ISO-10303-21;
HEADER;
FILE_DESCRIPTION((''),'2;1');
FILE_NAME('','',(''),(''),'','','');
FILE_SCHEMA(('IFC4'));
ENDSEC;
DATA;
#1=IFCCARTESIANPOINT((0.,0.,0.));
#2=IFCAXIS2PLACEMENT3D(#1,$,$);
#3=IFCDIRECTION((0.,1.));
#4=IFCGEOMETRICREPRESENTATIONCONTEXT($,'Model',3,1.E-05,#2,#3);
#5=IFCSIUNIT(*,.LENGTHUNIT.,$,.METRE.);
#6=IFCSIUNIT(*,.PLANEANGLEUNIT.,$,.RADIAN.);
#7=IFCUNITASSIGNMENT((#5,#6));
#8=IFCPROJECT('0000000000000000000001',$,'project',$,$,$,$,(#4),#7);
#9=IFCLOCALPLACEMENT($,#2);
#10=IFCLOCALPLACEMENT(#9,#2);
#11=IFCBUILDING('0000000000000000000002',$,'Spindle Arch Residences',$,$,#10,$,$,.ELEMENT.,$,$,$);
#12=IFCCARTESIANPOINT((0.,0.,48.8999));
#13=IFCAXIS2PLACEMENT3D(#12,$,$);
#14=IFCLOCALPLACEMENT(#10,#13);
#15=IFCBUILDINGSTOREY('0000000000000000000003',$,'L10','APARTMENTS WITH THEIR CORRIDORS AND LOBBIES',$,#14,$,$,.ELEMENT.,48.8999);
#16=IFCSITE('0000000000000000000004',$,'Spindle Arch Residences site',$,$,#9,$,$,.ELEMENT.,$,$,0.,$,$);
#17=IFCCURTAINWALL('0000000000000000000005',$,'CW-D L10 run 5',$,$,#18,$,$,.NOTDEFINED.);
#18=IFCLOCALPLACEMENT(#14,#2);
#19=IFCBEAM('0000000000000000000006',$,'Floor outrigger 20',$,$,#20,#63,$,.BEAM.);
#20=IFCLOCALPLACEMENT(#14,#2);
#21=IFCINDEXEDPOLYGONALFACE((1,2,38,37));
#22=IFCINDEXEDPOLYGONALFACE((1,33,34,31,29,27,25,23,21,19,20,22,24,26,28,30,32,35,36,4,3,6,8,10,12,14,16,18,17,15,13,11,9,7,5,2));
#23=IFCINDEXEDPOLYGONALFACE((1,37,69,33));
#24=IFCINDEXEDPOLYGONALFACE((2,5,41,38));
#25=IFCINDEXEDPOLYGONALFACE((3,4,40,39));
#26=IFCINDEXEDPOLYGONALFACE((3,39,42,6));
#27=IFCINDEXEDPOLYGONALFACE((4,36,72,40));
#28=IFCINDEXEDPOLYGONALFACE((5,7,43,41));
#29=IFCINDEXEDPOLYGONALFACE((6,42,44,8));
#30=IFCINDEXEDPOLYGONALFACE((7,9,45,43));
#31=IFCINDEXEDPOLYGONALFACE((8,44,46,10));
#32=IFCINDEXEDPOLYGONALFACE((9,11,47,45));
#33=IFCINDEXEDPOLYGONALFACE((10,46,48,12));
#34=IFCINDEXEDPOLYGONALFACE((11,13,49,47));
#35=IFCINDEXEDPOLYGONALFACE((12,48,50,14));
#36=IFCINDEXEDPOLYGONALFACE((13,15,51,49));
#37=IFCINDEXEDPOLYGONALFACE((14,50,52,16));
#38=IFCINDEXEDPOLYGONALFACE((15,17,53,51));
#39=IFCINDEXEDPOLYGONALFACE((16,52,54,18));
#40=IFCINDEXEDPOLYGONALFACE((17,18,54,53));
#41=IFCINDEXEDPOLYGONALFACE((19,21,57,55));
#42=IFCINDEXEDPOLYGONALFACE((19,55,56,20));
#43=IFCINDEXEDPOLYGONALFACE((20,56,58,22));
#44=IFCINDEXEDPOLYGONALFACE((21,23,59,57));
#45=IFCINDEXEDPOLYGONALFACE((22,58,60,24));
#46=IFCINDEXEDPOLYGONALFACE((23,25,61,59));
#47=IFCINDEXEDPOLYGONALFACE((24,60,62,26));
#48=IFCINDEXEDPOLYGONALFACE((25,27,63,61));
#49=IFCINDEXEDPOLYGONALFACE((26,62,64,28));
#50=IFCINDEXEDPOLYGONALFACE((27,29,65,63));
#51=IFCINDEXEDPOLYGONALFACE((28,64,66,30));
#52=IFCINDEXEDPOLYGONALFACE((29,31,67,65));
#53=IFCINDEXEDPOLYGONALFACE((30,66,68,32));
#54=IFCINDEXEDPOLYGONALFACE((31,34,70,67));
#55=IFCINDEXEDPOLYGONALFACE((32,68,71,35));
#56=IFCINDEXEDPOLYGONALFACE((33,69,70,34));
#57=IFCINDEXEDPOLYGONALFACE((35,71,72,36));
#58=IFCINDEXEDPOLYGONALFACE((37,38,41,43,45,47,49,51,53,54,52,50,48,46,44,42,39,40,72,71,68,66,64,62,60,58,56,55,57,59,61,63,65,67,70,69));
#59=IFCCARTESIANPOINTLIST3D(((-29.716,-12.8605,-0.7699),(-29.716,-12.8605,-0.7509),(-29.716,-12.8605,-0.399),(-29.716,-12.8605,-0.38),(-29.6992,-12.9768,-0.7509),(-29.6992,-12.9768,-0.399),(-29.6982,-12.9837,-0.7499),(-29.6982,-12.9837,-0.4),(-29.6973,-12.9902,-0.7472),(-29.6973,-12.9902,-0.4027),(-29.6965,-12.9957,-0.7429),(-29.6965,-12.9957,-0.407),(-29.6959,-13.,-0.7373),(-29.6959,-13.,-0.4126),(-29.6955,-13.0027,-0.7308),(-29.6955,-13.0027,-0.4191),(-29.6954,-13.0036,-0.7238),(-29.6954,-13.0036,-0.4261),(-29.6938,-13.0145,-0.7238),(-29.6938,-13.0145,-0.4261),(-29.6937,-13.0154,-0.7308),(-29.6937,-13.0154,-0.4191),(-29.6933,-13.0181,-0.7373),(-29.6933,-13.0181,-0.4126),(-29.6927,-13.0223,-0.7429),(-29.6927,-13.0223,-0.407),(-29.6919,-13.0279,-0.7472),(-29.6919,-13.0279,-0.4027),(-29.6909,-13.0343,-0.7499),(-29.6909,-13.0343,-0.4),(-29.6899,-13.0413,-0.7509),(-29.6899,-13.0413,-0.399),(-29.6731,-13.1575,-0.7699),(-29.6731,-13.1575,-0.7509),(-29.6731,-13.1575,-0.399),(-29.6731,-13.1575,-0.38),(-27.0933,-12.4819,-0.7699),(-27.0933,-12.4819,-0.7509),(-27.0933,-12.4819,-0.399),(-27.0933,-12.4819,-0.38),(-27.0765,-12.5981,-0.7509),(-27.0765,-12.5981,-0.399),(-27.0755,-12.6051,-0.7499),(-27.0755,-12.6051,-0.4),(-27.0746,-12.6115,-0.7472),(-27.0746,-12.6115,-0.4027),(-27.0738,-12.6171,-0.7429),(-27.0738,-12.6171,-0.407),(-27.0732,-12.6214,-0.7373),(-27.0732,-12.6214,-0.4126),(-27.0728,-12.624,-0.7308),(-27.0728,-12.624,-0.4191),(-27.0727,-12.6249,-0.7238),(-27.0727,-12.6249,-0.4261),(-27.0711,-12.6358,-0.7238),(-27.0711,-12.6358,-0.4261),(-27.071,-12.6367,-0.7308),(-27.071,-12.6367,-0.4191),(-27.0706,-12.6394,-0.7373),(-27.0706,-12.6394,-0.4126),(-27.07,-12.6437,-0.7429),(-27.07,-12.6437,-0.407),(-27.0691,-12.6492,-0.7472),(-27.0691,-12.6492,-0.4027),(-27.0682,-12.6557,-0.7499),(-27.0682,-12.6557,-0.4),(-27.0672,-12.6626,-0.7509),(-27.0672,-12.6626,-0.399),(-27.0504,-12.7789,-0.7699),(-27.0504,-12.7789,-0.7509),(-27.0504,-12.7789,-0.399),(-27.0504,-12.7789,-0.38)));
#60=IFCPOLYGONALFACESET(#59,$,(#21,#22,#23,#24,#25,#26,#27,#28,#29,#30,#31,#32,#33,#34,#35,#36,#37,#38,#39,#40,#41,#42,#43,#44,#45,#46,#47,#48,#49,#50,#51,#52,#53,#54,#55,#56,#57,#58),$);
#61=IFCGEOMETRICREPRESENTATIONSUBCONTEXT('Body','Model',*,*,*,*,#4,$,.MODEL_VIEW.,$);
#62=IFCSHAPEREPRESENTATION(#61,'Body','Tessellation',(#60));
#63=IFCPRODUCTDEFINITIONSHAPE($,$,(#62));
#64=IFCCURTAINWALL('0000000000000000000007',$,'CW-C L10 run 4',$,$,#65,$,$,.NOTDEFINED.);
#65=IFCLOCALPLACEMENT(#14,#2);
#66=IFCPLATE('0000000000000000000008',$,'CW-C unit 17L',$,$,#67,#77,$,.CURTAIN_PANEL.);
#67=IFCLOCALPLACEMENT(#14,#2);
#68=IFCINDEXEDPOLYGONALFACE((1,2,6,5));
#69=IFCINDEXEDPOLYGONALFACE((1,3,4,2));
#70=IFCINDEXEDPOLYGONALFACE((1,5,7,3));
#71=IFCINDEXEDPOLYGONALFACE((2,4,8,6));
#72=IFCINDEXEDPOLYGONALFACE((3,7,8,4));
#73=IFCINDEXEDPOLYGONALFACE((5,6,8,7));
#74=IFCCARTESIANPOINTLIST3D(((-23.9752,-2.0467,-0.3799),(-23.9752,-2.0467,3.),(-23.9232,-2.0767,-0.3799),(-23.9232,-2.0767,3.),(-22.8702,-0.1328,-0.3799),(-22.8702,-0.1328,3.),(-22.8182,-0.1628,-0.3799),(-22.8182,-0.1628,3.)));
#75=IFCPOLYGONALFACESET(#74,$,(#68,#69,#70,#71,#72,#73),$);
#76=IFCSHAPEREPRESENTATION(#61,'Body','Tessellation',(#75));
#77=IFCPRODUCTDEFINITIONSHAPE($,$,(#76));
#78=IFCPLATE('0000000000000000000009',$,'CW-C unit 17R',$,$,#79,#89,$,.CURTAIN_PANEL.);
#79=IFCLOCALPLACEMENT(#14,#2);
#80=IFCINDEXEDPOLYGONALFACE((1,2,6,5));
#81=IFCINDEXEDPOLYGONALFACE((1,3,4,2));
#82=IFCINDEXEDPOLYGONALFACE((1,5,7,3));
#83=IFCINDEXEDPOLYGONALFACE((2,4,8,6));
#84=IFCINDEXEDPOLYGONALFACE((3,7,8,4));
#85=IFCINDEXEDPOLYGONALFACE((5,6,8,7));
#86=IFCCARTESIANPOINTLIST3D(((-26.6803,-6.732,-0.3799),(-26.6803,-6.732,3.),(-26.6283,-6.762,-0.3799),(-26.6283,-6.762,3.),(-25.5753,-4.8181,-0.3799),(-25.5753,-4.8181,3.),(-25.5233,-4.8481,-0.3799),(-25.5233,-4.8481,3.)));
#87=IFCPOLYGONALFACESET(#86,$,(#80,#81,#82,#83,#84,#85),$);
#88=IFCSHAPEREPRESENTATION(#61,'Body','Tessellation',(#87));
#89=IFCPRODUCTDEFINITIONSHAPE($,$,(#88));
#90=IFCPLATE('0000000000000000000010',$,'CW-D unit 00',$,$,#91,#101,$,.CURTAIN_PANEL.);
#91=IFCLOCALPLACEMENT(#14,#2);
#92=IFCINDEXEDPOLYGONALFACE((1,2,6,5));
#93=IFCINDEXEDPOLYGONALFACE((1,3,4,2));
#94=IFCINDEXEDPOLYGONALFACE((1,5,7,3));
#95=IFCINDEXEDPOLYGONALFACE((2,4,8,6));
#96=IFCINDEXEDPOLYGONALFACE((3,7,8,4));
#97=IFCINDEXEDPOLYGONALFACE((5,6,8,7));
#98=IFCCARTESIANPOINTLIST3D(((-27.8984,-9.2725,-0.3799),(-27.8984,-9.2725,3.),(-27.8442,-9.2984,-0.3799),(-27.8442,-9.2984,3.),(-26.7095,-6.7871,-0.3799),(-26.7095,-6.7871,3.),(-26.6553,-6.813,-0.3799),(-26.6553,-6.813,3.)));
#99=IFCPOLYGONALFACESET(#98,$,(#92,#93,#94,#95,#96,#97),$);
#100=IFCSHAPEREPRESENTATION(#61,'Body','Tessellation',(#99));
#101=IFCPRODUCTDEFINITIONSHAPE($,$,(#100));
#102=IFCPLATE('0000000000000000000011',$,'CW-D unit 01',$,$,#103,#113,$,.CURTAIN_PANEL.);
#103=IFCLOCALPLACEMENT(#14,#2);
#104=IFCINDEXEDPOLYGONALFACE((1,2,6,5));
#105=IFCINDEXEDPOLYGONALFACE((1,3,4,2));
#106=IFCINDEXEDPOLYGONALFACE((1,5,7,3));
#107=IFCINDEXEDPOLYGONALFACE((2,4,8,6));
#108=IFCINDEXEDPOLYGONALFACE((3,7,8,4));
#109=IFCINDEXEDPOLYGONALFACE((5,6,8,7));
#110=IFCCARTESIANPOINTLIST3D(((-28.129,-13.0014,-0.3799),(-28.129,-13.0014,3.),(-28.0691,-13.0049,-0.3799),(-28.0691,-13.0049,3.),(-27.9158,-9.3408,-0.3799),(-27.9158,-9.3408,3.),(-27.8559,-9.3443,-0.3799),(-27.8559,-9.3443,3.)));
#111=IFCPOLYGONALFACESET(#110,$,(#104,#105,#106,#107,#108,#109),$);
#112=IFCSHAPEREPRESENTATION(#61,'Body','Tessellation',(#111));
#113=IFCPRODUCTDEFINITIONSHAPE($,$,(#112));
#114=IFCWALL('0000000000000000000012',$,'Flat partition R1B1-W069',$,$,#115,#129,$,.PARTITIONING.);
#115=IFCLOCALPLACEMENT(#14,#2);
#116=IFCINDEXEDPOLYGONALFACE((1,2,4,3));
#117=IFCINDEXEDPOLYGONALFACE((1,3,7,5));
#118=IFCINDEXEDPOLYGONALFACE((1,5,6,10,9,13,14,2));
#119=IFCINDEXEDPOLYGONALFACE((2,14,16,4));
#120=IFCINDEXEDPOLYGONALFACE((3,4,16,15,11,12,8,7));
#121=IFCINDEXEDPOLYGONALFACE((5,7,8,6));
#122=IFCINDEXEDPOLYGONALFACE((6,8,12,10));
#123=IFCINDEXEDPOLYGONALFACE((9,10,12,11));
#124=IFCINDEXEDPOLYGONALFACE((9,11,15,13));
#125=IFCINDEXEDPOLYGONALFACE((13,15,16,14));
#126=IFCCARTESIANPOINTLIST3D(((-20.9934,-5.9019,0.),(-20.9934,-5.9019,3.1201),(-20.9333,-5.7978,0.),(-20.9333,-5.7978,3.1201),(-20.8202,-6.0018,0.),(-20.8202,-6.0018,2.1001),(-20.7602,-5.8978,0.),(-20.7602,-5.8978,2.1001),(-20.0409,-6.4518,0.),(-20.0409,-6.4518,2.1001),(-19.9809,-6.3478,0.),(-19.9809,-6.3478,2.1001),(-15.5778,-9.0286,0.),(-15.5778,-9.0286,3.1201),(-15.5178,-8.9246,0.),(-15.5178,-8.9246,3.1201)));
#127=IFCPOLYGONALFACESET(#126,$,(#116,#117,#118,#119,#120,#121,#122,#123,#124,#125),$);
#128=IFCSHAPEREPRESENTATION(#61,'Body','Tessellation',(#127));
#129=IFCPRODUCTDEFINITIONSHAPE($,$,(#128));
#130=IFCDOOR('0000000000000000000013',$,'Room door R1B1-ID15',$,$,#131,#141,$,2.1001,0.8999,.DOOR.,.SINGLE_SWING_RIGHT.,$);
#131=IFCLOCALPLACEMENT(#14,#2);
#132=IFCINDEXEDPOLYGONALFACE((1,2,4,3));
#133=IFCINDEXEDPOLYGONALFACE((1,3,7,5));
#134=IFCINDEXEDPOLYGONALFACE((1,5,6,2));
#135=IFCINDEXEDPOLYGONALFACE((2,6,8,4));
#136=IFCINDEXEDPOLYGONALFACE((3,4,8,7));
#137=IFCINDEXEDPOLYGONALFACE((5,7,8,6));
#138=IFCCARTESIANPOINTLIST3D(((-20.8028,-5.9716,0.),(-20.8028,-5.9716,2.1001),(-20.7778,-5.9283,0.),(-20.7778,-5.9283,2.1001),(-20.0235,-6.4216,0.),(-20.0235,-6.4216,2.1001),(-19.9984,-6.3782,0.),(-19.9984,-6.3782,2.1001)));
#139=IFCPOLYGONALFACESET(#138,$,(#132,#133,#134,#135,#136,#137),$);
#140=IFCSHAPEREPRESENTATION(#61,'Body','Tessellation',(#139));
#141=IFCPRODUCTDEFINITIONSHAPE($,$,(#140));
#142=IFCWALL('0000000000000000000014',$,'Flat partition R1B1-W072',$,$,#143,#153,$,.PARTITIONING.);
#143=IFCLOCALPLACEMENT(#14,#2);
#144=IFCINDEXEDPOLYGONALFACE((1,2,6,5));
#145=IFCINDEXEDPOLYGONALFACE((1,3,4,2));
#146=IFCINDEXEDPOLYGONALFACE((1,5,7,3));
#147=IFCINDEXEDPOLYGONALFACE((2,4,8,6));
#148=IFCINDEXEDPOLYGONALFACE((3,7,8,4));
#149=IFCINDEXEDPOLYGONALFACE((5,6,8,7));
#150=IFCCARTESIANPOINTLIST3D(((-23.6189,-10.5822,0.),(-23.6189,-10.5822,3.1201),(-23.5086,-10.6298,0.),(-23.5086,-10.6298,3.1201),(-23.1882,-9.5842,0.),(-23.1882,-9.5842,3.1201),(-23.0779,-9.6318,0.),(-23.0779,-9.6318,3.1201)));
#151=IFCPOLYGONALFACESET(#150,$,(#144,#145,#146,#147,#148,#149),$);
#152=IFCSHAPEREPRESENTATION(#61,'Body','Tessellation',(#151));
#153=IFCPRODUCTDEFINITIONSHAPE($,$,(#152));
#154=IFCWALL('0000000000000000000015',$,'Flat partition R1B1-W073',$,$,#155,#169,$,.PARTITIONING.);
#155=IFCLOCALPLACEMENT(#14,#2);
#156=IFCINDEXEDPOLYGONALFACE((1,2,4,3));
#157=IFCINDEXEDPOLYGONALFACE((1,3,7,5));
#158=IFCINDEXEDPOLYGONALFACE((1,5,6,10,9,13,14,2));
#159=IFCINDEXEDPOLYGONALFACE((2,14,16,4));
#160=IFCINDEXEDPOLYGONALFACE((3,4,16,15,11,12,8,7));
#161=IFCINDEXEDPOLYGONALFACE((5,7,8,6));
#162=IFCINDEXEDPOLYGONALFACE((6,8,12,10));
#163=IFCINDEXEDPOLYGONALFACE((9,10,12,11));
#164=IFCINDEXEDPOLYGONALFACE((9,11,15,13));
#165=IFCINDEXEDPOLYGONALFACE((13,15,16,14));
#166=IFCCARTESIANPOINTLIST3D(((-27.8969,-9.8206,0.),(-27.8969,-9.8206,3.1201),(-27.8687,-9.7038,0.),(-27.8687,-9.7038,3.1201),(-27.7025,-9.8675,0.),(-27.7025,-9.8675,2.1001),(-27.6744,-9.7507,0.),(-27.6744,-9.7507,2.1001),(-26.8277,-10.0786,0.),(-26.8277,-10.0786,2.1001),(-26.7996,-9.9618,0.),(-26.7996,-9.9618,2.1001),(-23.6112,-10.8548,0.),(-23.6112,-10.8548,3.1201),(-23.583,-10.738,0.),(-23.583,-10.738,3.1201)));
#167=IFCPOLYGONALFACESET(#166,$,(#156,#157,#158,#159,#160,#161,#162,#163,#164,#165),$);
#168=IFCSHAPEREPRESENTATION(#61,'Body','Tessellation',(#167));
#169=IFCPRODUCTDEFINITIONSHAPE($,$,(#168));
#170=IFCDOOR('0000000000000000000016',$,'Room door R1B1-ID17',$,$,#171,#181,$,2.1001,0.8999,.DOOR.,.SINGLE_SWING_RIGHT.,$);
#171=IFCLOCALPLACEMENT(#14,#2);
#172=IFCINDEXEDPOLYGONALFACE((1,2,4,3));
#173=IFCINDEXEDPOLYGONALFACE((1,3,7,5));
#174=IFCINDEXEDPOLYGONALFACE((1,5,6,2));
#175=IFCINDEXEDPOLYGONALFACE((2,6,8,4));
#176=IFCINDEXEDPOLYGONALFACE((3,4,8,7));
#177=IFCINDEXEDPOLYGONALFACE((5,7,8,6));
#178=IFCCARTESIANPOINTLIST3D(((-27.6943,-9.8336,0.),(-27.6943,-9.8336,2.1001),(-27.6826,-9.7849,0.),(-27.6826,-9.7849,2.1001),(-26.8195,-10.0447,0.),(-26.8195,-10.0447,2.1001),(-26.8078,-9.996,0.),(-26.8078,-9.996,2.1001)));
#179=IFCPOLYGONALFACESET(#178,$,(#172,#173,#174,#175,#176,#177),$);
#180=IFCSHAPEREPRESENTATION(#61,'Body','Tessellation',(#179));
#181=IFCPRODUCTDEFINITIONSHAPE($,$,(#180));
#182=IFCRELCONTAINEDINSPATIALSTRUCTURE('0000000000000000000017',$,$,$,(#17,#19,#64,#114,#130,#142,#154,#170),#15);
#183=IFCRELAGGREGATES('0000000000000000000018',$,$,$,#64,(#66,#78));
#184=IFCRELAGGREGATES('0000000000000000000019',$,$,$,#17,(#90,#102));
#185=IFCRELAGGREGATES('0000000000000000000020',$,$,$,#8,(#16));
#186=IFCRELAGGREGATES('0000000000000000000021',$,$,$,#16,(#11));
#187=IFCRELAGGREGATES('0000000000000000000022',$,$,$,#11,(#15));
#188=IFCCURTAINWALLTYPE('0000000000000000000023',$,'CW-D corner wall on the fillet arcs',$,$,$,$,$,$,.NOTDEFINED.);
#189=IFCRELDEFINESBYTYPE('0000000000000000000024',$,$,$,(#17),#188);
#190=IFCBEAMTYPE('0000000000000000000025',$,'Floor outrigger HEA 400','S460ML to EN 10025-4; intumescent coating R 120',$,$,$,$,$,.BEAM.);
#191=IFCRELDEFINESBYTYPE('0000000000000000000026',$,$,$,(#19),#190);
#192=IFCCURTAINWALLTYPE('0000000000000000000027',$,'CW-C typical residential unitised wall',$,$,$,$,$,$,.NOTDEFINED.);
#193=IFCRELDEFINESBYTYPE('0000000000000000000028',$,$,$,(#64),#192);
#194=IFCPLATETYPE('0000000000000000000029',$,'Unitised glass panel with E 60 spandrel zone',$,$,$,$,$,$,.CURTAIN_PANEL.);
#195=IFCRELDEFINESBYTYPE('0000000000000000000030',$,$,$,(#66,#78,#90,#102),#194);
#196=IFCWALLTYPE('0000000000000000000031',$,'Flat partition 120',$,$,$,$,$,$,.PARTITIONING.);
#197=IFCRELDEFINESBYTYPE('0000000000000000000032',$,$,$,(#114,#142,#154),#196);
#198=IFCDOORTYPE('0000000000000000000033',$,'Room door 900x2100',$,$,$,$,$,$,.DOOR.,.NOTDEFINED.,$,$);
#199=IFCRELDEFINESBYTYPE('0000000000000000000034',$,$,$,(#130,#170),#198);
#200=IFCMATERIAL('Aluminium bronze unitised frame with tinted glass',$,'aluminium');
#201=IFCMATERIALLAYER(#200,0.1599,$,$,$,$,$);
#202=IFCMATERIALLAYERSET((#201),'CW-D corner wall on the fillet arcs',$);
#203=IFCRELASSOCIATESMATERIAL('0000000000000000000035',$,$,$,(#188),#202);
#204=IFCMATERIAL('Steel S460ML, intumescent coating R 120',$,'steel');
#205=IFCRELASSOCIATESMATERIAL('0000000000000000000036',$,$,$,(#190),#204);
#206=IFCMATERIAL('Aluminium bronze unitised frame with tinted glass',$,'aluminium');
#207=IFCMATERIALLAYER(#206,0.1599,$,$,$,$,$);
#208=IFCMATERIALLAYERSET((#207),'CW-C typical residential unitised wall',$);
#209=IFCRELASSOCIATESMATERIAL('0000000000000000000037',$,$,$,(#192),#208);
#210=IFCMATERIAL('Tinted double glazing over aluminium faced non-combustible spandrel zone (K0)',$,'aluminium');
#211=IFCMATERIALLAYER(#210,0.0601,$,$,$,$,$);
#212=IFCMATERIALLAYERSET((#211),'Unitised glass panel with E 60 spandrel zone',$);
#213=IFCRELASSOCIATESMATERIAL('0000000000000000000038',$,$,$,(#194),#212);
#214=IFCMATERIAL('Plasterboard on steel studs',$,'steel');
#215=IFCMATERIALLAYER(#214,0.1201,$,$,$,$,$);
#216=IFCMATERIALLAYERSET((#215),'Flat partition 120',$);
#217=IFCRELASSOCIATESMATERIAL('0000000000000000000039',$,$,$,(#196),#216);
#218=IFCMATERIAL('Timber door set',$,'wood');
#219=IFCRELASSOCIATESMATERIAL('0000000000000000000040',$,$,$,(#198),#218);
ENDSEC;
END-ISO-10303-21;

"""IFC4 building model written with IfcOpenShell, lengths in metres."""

from ifc_helpers import new_model, si_unit, direction, frame, frame_2d, origin, origin_2d, place, context, subcontext, project, spatial, rectangle, i_section, extrude, material, layer, layer_set, material_profile, profile_set, type_object, element, fill, aggregate, save


model = new_model("IFC4")

# Units and contexts
model_context = context("Model", 3, precision=1e-05, world=origin(), true_north=direction((0.0, 1.0)))
body_context = subcontext(model_context, "Body", "Model", "MODEL_VIEW")
ifc_project = project(units=[si_unit("LENGTHUNIT", "METRE"), si_unit("PLANEANGLEUNIT", "RADIAN")], contexts=[model_context])

# Site, building, storey
site_placement = place(None, origin())
site = spatial("IfcSite", under=ifc_project, at=site_placement, Name="Spindle Arch Residences site", CompositionType="ELEMENT", RefElevation=0.0)
building_placement = place(site_placement, origin())
building = spatial("IfcBuilding", under=site, at=building_placement, Name="Spindle Arch Residences", CompositionType="ELEMENT")
storey_placement = place(building_placement, frame((0.0, 0.0, 48.8999)))
storey = spatial("IfcBuildingStorey", under=building, at=storey_placement, Name="L10", Description="APARTMENTS WITH THEIR CORRIDORS AND LOBBIES", CompositionType="ELEMENT", Elevation=48.8999)

# Curtain wall
ifc_material_1 = material(Name="Aluminium bronze unitised frame with tinted glass", Category="aluminium")
ifc_layer_1 = layer(ifc_material_1, 0.1599)
ifc_layer_set_1 = layer_set([ifc_layer_1], Name="CW-D corner wall on the fillet arcs")
curtain_wall_type_1 = type_object("IfcCurtainWallType", Name="CW-D corner wall on the fillet arcs", PredefinedType="NOTDEFINED", material=ifc_layer_set_1)
curtain_wall_1_placement = place(storey_placement, origin())
curtain_wall_1 = element("IfcCurtainWall", 1, at=curtain_wall_1_placement, inside=storey, type_object=curtain_wall_type_1, Name="CW-D L10 run 5", PredefinedType="NOTDEFINED")

# Beam
ifc_material_2 = material(Name="Steel S460ML, intumescent coating R 120", Category="steel")
ifc_material_profile_1 = material_profile(ifc_material_2, i_section(OverallWidth=0.3, OverallDepth=0.3899, WebThickness=0.011, FlangeThickness=0.019, FilletRadius=0.0271, at=origin_2d()), Name="HEA 400")
ifc_profile_set_1 = profile_set([ifc_material_profile_1], Name="Steel S460ML, intumescent coating R 120")
beam_type_1 = type_object("IfcBeamType", Name="Floor outrigger HEA 400", Description="S460ML to EN 10025-4; intumescent coating R 120", PredefinedType="BEAM", material=ifc_profile_set_1)
beam_1_placement = place(storey_placement, frame((-29.6946, -13.009, -0.575), z_axis=(0.989738, 0.142892, 0.0), x_axis=(-0.142892, 0.989738, 0.0)))
element("IfcBeam", 2, at=beam_1_placement, inside=storey, type_object=beam_type_1, Name="Floor outrigger 20", PredefinedType="BEAM", context=body_context, shape_type="SweptSolid", body=[
    extrude(i_section(OverallWidth=0.3, OverallDepth=0.3899, WebThickness=0.011, FlangeThickness=0.019, FilletRadius=0.0271, at=origin_2d()), origin(), (0.0, 0.0, 1.0), 2.6499),
])

# Curtain wall, plates
ifc_material_3 = material(Name="Aluminium bronze unitised frame with tinted glass", Category="aluminium")
ifc_layer_2 = layer(ifc_material_3, 0.1599)
ifc_layer_set_2 = layer_set([ifc_layer_2], Name="CW-C typical residential unitised wall")
curtain_wall_type_2 = type_object("IfcCurtainWallType", Name="CW-C typical residential unitised wall", PredefinedType="NOTDEFINED", material=ifc_layer_set_2)
curtain_wall_2_placement = place(storey_placement, origin())
curtain_wall_2 = element("IfcCurtainWall", 3, at=curtain_wall_2_placement, inside=storey, type_object=curtain_wall_type_2, Name="CW-C L10 run 4", PredefinedType="NOTDEFINED")
ifc_material_4 = material(Name="Tinted double glazing over aluminium faced non-combustible spandrel zone (K0)", Category="aluminium")
ifc_layer_3 = layer(ifc_material_4, 0.0601)
ifc_layer_set_3 = layer_set([ifc_layer_3], Name="Unitised glass panel with E 60 spandrel zone")
plate_type = type_object("IfcPlateType", Name="Unitised glass panel with E 60 spandrel zone", PredefinedType="CURTAIN_PANEL", material=ifc_layer_set_3)
plate_1_placement = place(storey_placement, frame((-23.3967, -1.1047, -0.3799), z_axis=(0.0, 0.0, 1.0), x_axis=(-0.5, -0.866025, 0.0)))
plate_1 = element("IfcPlate", 4, at=plate_1_placement, type_object=plate_type, Name="CW-C unit 17L", PredefinedType="CURTAIN_PANEL", context=body_context, shape_type="SweptSolid", body=[
    extrude(rectangle(XDim=2.21, YDim=0.0601, at=origin_2d()), origin(), (0.0, 0.0, 1.0), 3.3799),
])
plate_2_placement = place(storey_placement, frame((-26.1018, -5.79, -0.3799), z_axis=(0.0, 0.0, 1.0), x_axis=(-0.5, -0.866025, 0.0)))
plate_2 = element("IfcPlate", 5, at=plate_2_placement, type_object=plate_type, Name="CW-C unit 17R", PredefinedType="CURTAIN_PANEL", context=body_context, shape_type="SweptSolid", body=[
    extrude(rectangle(XDim=2.21, YDim=0.0601, at=origin_2d()), origin(), (0.0, 0.0, 1.0), 3.3799),
])
aggregate(curtain_wall_2, [plate_1, plate_2])

# Plates
plate_3_placement = place(storey_placement, frame((-27.2769, -8.0427, -0.3799), z_axis=(0.0, 0.0, 1.0), x_axis=(-0.431502, -0.902112, 0.0)))
plate_3 = element("IfcPlate", 6, at=plate_3_placement, type_object=plate_type, Name="CW-D unit 00", PredefinedType="CURTAIN_PANEL", context=body_context, shape_type="SweptSolid", body=[
    extrude(rectangle(XDim=2.7551, YDim=0.0601, at=origin_2d()), origin(), (0.0, 0.0, 1.0), 3.3799),
])
plate_4_placement = place(storey_placement, frame((-27.9924, -11.1729, -0.3799), z_axis=(0.0, 0.0, 1.0), x_axis=(-0.058145, -0.998308, 0.0)))
plate_4 = element("IfcPlate", 7, at=plate_4_placement, type_object=plate_type, Name="CW-D unit 01", PredefinedType="CURTAIN_PANEL", context=body_context, shape_type="SweptSolid", body=[
    extrude(rectangle(XDim=3.6667, YDim=0.0601, at=origin_2d()), origin(), (0.0, 0.0, 1.0), 3.3799),
])
aggregate(curtain_wall_1, [plate_3, plate_4])

# Wall, opening, door
ifc_material_5 = material(Name="Plasterboard on steel studs", Category="steel")
ifc_layer_4 = layer(ifc_material_5, 0.1201)
ifc_layer_set_4 = layer_set([ifc_layer_4], Name="Flat partition 120")
wall_type_1 = type_object("IfcWallType", Name="Flat partition 120", PredefinedType="PARTITIONING", material=ifc_layer_set_4)
wall_1_placement = place(storey_placement, frame((-20.9634, -5.8499, 0.0), z_axis=(0.0, 0.0, 1.0), x_axis=(0.866022, -0.500006, 0.0)))
wall_1 = element("IfcWall", 8, at=wall_1_placement, inside=storey, type_object=wall_type_1, Name="Flat partition R1B1-W069", PredefinedType="PARTITIONING", context=body_context, shape_type="SweptSolid", body=[
    extrude(rectangle(XDim=6.2534, YDim=0.1201, at=frame_2d((3.1267, 0.0))), origin(), (0.0, 0.0, 1.0), 3.1201),
])
opening_1_placement = place(wall_1_placement, frame((0.2, 0.0, 0.0)))
opening_1 = element("IfcOpeningElement", 9, at=opening_1_placement, cuts=wall_1, PredefinedType="OPENING", context=body_context, shape_type="SweptSolid", body=[
    extrude(rectangle(XDim=0.8999, YDim=2.1001, at=frame_2d((0.45, 1.05))), frame((0.0, 0.0701, 0.0), z_axis=(0.0, -1.0, 0.0), x_axis=(1.0, 0.0, 0.0)), (0.0, 0.0, 1.0), 0.1401),
])
ifc_material_6 = material(Name="Timber door set", Category="wood")
door_type_1 = type_object("IfcDoorType", Name="Room door 900x2100", OperationType="NOTDEFINED", PredefinedType="DOOR", material=ifc_material_6)
door_1_placement = place(opening_1_placement, origin())
door_1 = element("IfcDoor", 10, at=door_1_placement, inside=storey, type_object=door_type_1, Name="Room door R1B1-ID15", OperationType="SINGLE_SWING_RIGHT", OverallHeight=2.1001, OverallWidth=0.8999, PredefinedType="DOOR", context=body_context, shape_type="SweptSolid", body=[
    extrude(rectangle(XDim=0.8999, YDim=2.1001, at=frame_2d((0.45, 1.05))), frame((0.0, 0.0249, 0.0), z_axis=(0.0, -1.0, 0.0), x_axis=(1.0, 0.0, 0.0)), (0.0, 0.0, 1.0), 0.05),
])
fill(opening_1, door_1)

# Wall
wall_2_placement = place(storey_placement, frame((-23.5637, -10.606, 0.0), z_axis=(0.0, 0.0, 1.0), x_axis=(0.396195, 0.918166, 0.0)))
element("IfcWall", 11, at=wall_2_placement, inside=storey, type_object=wall_type_1, Name="Flat partition R1B1-W072", PredefinedType="PARTITIONING", context=body_context, shape_type="SweptSolid", body=[
    extrude(rectangle(XDim=1.0869, YDim=0.1201, at=frame_2d((0.5435, 0.0))), origin(), (0.0, 0.0, 1.0), 3.1201),
])

# Wall, opening, door
wall_3_placement = place(storey_placement, frame((-27.8828, -9.7622, 0.0), z_axis=(0.0, 0.0, 1.0), x_axis=(0.972097, -0.234579, 0.0)))
wall_3 = element("IfcWall", 12, at=wall_3_placement, inside=storey, type_object=wall_type_1, Name="Flat partition R1B1-W073", PredefinedType="PARTITIONING", context=body_context, shape_type="SweptSolid", body=[
    extrude(rectangle(XDim=4.4087, YDim=0.1201, at=frame_2d((2.2043, 0.0))), origin(), (0.0, 0.0, 1.0), 3.1201),
])
opening_2_placement = place(wall_3_placement, frame((0.2, 0.0, 0.0)))
opening_2 = element("IfcOpeningElement", 13, at=opening_2_placement, cuts=wall_3, PredefinedType="OPENING", context=body_context, shape_type="SweptSolid", body=[
    extrude(rectangle(XDim=0.8999, YDim=2.1001, at=frame_2d((0.45, 1.05))), frame((0.0, 0.0701, 0.0), z_axis=(0.0, -1.0, 0.0), x_axis=(1.0, 0.0, 0.0)), (0.0, 0.0, 1.0), 0.1401),
])
door_2_placement = place(opening_2_placement, origin())
door_2 = element("IfcDoor", 14, at=door_2_placement, inside=storey, type_object=door_type_1, Name="Room door R1B1-ID17", OperationType="SINGLE_SWING_RIGHT", OverallHeight=2.1001, OverallWidth=0.8999, PredefinedType="DOOR", context=body_context, shape_type="SweptSolid", body=[
    extrude(rectangle(XDim=0.8999, YDim=2.1001, at=frame_2d((0.45, 1.05))), frame((0.0, 0.0249, 0.0), z_axis=(0.0, -1.0, 0.0), x_axis=(1.0, 0.0, 0.0)), (0.0, 0.0, 1.0), 0.05),
])
fill(opening_2, door_2)

save(model, "model.ifc")
